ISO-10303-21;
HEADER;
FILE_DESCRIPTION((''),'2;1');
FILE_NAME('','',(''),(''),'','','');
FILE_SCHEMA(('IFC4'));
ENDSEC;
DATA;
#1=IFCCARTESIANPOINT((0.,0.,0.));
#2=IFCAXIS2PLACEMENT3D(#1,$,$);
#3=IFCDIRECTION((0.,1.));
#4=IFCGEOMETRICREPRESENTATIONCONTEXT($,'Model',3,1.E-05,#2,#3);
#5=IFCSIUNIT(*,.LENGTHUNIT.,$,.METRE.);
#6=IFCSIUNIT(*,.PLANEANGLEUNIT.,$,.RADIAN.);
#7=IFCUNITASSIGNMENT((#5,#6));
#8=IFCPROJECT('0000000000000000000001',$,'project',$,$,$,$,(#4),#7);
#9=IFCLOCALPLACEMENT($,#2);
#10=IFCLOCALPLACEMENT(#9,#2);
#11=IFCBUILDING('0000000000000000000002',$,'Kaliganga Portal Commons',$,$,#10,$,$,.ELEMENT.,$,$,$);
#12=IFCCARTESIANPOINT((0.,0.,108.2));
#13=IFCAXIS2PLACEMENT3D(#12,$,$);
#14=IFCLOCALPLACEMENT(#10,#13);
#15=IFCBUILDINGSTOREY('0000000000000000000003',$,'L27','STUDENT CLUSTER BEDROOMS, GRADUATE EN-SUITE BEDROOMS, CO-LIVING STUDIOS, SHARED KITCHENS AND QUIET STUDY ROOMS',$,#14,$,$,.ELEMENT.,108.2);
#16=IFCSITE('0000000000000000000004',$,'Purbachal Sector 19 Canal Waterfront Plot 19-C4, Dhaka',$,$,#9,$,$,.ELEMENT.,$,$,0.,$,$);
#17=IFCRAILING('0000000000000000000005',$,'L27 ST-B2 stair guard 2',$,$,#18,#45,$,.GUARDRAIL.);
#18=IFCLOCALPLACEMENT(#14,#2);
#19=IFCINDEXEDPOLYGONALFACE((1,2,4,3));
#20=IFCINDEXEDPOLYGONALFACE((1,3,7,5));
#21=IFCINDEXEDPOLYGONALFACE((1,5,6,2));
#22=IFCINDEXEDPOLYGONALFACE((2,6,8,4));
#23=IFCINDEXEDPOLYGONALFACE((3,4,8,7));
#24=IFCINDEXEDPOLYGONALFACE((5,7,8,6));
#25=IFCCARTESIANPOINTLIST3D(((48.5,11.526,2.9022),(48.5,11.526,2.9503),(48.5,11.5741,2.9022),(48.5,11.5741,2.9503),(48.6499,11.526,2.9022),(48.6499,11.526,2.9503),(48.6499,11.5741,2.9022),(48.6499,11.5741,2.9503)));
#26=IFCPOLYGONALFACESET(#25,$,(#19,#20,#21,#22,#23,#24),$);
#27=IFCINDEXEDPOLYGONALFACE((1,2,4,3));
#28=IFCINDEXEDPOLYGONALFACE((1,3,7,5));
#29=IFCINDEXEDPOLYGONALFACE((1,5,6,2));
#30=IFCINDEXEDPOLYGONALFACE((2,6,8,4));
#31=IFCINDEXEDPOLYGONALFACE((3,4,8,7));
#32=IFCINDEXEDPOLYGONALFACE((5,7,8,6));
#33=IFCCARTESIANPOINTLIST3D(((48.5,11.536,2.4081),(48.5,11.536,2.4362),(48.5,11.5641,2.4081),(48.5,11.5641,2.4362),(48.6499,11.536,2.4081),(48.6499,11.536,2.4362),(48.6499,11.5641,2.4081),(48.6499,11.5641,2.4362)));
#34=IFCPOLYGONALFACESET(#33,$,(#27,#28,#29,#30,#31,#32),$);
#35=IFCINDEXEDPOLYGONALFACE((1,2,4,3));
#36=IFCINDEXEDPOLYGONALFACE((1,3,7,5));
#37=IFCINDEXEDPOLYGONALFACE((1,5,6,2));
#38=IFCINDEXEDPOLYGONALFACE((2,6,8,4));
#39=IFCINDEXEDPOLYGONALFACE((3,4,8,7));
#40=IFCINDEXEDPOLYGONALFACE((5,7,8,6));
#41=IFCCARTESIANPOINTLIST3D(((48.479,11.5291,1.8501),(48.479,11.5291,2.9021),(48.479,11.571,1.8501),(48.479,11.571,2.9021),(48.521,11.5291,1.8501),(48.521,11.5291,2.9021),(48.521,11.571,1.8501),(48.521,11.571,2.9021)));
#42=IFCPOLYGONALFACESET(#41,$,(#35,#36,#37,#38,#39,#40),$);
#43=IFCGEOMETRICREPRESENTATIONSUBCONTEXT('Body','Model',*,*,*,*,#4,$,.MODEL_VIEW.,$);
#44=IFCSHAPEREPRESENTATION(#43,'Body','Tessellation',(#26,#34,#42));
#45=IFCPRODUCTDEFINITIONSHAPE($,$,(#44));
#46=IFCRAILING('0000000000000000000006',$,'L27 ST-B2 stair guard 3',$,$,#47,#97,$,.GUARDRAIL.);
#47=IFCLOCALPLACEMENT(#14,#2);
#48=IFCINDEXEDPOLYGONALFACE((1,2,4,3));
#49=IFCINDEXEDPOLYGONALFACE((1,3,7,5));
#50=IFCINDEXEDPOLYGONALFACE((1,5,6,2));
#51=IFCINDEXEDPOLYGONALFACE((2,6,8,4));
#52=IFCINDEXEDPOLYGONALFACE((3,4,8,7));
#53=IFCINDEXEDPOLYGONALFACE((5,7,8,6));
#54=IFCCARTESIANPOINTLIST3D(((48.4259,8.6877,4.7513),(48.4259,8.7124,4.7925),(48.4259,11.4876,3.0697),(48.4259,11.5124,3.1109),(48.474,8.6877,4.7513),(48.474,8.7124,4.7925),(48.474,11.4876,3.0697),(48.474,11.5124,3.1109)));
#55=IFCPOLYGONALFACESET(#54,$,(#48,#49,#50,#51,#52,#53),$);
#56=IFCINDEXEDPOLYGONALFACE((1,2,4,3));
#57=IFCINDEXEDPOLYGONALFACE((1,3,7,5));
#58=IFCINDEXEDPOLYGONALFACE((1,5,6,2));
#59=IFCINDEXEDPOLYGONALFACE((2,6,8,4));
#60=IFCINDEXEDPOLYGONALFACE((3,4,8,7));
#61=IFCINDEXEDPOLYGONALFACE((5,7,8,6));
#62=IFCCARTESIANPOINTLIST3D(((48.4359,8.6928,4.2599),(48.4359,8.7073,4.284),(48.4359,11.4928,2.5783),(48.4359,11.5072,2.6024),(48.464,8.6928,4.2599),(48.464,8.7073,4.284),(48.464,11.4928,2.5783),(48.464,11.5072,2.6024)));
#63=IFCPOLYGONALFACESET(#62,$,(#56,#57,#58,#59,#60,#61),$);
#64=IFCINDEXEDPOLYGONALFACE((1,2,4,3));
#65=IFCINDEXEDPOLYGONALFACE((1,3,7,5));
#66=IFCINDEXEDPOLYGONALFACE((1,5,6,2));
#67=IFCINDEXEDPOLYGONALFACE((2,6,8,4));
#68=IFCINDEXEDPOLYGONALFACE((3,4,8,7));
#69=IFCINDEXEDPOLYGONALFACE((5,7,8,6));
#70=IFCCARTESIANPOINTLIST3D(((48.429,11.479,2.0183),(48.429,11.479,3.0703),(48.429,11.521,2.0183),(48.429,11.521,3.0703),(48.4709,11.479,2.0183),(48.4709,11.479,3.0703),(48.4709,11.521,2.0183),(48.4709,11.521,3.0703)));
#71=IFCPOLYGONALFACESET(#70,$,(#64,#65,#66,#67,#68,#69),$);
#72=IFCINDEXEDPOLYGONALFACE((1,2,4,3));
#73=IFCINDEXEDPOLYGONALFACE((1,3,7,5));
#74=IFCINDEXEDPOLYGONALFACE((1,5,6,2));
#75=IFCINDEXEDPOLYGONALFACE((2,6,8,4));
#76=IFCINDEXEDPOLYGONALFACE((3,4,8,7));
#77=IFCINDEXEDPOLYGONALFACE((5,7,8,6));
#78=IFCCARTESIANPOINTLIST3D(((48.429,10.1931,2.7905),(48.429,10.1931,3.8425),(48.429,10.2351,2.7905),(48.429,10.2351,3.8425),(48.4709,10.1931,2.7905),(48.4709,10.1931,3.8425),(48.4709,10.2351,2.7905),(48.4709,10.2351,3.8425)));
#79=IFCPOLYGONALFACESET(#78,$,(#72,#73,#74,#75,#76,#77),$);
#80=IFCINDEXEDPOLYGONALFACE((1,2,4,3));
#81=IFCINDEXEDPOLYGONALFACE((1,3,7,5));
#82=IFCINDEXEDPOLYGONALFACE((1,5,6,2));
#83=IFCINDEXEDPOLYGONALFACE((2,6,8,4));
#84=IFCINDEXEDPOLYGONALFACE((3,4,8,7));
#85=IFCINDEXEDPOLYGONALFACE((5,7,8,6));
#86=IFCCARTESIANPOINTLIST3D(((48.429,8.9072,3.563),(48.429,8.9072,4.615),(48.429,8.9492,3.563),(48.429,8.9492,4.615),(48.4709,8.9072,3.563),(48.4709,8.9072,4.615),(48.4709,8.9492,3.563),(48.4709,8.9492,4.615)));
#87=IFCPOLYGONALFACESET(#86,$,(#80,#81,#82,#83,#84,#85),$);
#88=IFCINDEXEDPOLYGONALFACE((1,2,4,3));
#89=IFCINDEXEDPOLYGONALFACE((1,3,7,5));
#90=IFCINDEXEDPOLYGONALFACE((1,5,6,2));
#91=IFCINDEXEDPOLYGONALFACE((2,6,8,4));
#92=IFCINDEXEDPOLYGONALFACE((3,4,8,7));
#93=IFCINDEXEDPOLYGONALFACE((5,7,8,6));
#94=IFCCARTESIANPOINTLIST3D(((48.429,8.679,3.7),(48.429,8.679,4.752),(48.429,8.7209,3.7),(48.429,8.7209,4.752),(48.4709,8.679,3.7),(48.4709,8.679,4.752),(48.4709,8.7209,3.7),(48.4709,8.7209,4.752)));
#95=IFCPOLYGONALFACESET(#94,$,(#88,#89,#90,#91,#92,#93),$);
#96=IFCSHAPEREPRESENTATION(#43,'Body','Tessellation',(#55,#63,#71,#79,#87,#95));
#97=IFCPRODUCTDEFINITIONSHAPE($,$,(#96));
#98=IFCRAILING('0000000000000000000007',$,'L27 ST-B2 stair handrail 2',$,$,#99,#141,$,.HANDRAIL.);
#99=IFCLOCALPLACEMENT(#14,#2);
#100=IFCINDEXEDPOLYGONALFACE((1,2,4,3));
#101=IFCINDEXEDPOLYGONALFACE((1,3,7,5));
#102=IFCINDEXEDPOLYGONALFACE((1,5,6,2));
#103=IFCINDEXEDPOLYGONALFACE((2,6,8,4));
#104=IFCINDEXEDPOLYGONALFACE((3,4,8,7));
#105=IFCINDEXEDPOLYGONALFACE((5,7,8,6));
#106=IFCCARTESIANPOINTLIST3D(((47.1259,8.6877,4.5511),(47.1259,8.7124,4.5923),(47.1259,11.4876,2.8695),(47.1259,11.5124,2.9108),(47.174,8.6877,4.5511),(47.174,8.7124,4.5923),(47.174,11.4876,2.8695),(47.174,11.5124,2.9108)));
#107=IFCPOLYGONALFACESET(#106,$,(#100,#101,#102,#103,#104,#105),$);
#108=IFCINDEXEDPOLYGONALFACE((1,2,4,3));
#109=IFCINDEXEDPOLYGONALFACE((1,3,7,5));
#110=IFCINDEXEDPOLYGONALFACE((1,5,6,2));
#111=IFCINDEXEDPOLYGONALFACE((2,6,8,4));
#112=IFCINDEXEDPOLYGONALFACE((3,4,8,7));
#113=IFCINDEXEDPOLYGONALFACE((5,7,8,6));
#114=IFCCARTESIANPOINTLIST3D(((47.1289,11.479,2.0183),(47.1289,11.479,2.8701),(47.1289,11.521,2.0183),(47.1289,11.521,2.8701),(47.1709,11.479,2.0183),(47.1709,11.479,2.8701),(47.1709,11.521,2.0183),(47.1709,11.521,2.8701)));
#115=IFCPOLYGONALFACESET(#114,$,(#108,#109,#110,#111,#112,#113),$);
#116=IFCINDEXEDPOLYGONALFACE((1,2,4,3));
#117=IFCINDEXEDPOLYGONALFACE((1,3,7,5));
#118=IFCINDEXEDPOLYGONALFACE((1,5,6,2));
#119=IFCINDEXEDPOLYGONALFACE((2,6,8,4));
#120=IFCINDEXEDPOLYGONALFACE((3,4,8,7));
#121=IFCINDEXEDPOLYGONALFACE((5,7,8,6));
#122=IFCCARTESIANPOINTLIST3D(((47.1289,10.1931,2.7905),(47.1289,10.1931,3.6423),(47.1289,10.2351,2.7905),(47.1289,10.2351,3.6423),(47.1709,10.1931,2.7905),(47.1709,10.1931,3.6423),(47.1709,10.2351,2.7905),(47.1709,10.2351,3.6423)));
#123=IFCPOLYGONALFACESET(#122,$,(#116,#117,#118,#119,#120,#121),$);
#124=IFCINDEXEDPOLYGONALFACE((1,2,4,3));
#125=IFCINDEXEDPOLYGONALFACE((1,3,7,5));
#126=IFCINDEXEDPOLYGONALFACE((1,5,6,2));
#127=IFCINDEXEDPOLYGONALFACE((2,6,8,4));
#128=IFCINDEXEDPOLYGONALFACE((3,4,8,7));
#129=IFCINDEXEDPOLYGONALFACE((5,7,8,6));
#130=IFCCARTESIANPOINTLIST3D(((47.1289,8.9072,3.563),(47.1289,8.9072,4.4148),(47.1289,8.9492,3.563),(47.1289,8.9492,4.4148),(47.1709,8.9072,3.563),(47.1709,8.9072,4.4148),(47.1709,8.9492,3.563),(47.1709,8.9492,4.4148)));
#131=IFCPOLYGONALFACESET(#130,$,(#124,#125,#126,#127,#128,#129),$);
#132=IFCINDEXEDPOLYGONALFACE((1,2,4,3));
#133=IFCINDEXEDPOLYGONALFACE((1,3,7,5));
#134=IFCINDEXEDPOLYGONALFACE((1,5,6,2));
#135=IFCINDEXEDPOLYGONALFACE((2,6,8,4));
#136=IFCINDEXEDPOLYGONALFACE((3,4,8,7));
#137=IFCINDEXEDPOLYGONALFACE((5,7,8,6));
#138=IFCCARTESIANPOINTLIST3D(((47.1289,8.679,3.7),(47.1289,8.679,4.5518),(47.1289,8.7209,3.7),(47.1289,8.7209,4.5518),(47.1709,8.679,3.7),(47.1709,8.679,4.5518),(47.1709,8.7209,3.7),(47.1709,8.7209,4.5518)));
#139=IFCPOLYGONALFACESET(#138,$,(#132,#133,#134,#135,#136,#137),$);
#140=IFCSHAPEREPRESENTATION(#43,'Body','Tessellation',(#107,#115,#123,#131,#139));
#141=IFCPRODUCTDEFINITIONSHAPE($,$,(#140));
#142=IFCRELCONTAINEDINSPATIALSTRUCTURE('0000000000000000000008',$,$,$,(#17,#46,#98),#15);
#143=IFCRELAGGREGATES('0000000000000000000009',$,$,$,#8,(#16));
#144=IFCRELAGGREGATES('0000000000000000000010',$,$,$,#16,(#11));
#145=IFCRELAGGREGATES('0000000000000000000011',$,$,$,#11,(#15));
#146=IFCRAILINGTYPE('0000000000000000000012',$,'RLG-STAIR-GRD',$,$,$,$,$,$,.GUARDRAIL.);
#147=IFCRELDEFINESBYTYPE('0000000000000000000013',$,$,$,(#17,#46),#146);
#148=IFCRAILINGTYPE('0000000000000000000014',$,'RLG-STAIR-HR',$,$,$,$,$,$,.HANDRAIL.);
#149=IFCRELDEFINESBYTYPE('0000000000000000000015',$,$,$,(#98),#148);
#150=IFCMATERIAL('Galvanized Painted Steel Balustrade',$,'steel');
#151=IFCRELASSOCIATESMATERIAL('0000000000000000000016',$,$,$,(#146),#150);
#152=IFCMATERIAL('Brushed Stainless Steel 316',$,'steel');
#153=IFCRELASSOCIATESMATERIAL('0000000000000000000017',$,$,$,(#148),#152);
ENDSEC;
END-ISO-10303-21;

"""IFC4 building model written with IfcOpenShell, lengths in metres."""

from ifc_helpers import new_model, si_unit, direction, frame, origin, origin_2d, place, context, subcontext, project, spatial, rectangle, extrude, material, type_object, element, save


model = new_model("IFC4")

# Units and contexts
model_context = context("Model", 3, precision=1e-05, world=origin(), true_north=direction((0.0, 1.0)))
body_context = subcontext(model_context, "Body", "Model", "MODEL_VIEW")
ifc_project = project(units=[si_unit("LENGTHUNIT", "METRE"), si_unit("PLANEANGLEUNIT", "RADIAN")], contexts=[model_context])

# Site, building, storey
site_placement = place(None, origin())
site = spatial("IfcSite", under=ifc_project, at=site_placement, Name="Purbachal Sector 19 Canal Waterfront Plot 19-C4, Dhaka", CompositionType="ELEMENT", RefElevation=0.0)
building_placement = place(site_placement, origin())
building = spatial("IfcBuilding", under=site, at=building_placement, Name="Kaliganga Portal Commons", CompositionType="ELEMENT")
storey_placement = place(building_placement, frame((0.0, 0.0, 108.2)))
storey = spatial("IfcBuildingStorey", under=building, at=storey_placement, Name="L27", Description="STUDENT CLUSTER BEDROOMS, GRADUATE EN-SUITE BEDROOMS, CO-LIVING STUDIOS, SHARED KITCHENS AND QUIET STUDY ROOMS", CompositionType="ELEMENT", Elevation=108.2)

# Railings
ifc_material_1 = material(Name="Galvanized Painted Steel Balustrade", Category="steel")
railing_type_1 = type_object("IfcRailingType", Name="RLG-STAIR-GRD", PredefinedType="GUARDRAIL", material=ifc_material_1)
railing_1_placement = place(storey_placement, frame((48.6499, 11.55, 1.8501)))
element("IfcRailing", 1, at=railing_1_placement, inside=storey, type_object=railing_type_1, Name="L27 ST-B2 stair guard 2", PredefinedType="GUARDRAIL", context=body_context, shape_type="SweptSolid", body=[
    extrude(rectangle(XDim=0.0481, YDim=0.0481, at=origin_2d()), frame((0.0, 0.0, 1.0762), z_axis=(-1.0, 0.0, 0.0), x_axis=(0.0, -1.0, 0.0)), (0.0, 0.0, 1.0), 0.1499),
    extrude(rectangle(XDim=0.0281, YDim=0.0281, at=origin_2d()), frame((0.0, 0.0, 0.572), z_axis=(-1.0, 0.0, 0.0), x_axis=(0.0, -1.0, 0.0)), (0.0, 0.0, 1.0), 0.1499),
    extrude(rectangle(XDim=0.042, YDim=0.042, at=origin_2d()), frame((-0.1499, 0.0, 0.0)), (0.0, 0.0, 1.0), 1.052),
])
railing_2_placement = place(storey_placement, frame((48.45, 11.5, 2.0183)))
element("IfcRailing", 2, at=railing_2_placement, inside=storey, type_object=railing_type_1, Name="L27 ST-B2 stair guard 3", PredefinedType="GUARDRAIL", context=body_context, shape_type="SweptSolid", body=[
    extrude(rectangle(XDim=0.0481, YDim=0.0481, at=origin_2d()), frame((0.0, 0.0, 1.072), z_axis=(0.0, -0.857275, 0.514858), x_axis=(1.0, 0.0, 0.0)), (0.0, 0.0, 1.0), 3.2661),
    extrude(rectangle(XDim=0.0281, YDim=0.0281, at=origin_2d()), frame((0.0, 0.0, 0.572), z_axis=(0.0, -0.857275, 0.514858), x_axis=(1.0, 0.0, 0.0)), (0.0, 0.0, 1.0), 3.2661),
    extrude(rectangle(XDim=0.042, YDim=0.042, at=origin_2d()), origin(), (0.0, 0.0, 1.0), 1.052),
    extrude(rectangle(XDim=0.042, YDim=0.042, at=origin_2d()), frame((0.0, -1.2859, 0.7722)), (0.0, 0.0, 1.0), 1.052),
    extrude(rectangle(XDim=0.042, YDim=0.042, at=origin_2d()), frame((0.0, -2.5718, 1.5447)), (0.0, 0.0, 1.0), 1.052),
    extrude(rectangle(XDim=0.042, YDim=0.042, at=origin_2d()), frame((0.0, -2.8, 1.6816)), (0.0, 0.0, 1.0), 1.052),
])
ifc_material_2 = material(Name="Brushed Stainless Steel 316", Category="steel")
railing_type_2 = type_object("IfcRailingType", Name="RLG-STAIR-HR", PredefinedType="HANDRAIL", material=ifc_material_2)
railing_3_placement = place(storey_placement, frame((47.1499, 11.5, 2.0183)))
element("IfcRailing", 3, at=railing_3_placement, inside=storey, type_object=railing_type_2, Name="L27 ST-B2 stair handrail 2", PredefinedType="HANDRAIL", context=body_context, shape_type="SweptSolid", body=[
    extrude(rectangle(XDim=0.0481, YDim=0.0481, at=origin_2d()), frame((0.0, 0.0, 0.8718), z_axis=(0.0, -0.857275, 0.514858), x_axis=(1.0, 0.0, 0.0)), (0.0, 0.0, 1.0), 3.2661),
    extrude(rectangle(XDim=0.042, YDim=0.042, at=origin_2d()), origin(), (0.0, 0.0, 1.0), 0.8518),
    extrude(rectangle(XDim=0.042, YDim=0.042, at=origin_2d()), frame((0.0, -1.2859, 0.7722)), (0.0, 0.0, 1.0), 0.8518),
    extrude(rectangle(XDim=0.042, YDim=0.042, at=origin_2d()), frame((0.0, -2.5718, 1.5447)), (0.0, 0.0, 1.0), 0.8518),
    extrude(rectangle(XDim=0.042, YDim=0.042, at=origin_2d()), frame((0.0, -2.8, 1.6816)), (0.0, 0.0, 1.0), 0.8518),
])

save(model, "model.ifc")
